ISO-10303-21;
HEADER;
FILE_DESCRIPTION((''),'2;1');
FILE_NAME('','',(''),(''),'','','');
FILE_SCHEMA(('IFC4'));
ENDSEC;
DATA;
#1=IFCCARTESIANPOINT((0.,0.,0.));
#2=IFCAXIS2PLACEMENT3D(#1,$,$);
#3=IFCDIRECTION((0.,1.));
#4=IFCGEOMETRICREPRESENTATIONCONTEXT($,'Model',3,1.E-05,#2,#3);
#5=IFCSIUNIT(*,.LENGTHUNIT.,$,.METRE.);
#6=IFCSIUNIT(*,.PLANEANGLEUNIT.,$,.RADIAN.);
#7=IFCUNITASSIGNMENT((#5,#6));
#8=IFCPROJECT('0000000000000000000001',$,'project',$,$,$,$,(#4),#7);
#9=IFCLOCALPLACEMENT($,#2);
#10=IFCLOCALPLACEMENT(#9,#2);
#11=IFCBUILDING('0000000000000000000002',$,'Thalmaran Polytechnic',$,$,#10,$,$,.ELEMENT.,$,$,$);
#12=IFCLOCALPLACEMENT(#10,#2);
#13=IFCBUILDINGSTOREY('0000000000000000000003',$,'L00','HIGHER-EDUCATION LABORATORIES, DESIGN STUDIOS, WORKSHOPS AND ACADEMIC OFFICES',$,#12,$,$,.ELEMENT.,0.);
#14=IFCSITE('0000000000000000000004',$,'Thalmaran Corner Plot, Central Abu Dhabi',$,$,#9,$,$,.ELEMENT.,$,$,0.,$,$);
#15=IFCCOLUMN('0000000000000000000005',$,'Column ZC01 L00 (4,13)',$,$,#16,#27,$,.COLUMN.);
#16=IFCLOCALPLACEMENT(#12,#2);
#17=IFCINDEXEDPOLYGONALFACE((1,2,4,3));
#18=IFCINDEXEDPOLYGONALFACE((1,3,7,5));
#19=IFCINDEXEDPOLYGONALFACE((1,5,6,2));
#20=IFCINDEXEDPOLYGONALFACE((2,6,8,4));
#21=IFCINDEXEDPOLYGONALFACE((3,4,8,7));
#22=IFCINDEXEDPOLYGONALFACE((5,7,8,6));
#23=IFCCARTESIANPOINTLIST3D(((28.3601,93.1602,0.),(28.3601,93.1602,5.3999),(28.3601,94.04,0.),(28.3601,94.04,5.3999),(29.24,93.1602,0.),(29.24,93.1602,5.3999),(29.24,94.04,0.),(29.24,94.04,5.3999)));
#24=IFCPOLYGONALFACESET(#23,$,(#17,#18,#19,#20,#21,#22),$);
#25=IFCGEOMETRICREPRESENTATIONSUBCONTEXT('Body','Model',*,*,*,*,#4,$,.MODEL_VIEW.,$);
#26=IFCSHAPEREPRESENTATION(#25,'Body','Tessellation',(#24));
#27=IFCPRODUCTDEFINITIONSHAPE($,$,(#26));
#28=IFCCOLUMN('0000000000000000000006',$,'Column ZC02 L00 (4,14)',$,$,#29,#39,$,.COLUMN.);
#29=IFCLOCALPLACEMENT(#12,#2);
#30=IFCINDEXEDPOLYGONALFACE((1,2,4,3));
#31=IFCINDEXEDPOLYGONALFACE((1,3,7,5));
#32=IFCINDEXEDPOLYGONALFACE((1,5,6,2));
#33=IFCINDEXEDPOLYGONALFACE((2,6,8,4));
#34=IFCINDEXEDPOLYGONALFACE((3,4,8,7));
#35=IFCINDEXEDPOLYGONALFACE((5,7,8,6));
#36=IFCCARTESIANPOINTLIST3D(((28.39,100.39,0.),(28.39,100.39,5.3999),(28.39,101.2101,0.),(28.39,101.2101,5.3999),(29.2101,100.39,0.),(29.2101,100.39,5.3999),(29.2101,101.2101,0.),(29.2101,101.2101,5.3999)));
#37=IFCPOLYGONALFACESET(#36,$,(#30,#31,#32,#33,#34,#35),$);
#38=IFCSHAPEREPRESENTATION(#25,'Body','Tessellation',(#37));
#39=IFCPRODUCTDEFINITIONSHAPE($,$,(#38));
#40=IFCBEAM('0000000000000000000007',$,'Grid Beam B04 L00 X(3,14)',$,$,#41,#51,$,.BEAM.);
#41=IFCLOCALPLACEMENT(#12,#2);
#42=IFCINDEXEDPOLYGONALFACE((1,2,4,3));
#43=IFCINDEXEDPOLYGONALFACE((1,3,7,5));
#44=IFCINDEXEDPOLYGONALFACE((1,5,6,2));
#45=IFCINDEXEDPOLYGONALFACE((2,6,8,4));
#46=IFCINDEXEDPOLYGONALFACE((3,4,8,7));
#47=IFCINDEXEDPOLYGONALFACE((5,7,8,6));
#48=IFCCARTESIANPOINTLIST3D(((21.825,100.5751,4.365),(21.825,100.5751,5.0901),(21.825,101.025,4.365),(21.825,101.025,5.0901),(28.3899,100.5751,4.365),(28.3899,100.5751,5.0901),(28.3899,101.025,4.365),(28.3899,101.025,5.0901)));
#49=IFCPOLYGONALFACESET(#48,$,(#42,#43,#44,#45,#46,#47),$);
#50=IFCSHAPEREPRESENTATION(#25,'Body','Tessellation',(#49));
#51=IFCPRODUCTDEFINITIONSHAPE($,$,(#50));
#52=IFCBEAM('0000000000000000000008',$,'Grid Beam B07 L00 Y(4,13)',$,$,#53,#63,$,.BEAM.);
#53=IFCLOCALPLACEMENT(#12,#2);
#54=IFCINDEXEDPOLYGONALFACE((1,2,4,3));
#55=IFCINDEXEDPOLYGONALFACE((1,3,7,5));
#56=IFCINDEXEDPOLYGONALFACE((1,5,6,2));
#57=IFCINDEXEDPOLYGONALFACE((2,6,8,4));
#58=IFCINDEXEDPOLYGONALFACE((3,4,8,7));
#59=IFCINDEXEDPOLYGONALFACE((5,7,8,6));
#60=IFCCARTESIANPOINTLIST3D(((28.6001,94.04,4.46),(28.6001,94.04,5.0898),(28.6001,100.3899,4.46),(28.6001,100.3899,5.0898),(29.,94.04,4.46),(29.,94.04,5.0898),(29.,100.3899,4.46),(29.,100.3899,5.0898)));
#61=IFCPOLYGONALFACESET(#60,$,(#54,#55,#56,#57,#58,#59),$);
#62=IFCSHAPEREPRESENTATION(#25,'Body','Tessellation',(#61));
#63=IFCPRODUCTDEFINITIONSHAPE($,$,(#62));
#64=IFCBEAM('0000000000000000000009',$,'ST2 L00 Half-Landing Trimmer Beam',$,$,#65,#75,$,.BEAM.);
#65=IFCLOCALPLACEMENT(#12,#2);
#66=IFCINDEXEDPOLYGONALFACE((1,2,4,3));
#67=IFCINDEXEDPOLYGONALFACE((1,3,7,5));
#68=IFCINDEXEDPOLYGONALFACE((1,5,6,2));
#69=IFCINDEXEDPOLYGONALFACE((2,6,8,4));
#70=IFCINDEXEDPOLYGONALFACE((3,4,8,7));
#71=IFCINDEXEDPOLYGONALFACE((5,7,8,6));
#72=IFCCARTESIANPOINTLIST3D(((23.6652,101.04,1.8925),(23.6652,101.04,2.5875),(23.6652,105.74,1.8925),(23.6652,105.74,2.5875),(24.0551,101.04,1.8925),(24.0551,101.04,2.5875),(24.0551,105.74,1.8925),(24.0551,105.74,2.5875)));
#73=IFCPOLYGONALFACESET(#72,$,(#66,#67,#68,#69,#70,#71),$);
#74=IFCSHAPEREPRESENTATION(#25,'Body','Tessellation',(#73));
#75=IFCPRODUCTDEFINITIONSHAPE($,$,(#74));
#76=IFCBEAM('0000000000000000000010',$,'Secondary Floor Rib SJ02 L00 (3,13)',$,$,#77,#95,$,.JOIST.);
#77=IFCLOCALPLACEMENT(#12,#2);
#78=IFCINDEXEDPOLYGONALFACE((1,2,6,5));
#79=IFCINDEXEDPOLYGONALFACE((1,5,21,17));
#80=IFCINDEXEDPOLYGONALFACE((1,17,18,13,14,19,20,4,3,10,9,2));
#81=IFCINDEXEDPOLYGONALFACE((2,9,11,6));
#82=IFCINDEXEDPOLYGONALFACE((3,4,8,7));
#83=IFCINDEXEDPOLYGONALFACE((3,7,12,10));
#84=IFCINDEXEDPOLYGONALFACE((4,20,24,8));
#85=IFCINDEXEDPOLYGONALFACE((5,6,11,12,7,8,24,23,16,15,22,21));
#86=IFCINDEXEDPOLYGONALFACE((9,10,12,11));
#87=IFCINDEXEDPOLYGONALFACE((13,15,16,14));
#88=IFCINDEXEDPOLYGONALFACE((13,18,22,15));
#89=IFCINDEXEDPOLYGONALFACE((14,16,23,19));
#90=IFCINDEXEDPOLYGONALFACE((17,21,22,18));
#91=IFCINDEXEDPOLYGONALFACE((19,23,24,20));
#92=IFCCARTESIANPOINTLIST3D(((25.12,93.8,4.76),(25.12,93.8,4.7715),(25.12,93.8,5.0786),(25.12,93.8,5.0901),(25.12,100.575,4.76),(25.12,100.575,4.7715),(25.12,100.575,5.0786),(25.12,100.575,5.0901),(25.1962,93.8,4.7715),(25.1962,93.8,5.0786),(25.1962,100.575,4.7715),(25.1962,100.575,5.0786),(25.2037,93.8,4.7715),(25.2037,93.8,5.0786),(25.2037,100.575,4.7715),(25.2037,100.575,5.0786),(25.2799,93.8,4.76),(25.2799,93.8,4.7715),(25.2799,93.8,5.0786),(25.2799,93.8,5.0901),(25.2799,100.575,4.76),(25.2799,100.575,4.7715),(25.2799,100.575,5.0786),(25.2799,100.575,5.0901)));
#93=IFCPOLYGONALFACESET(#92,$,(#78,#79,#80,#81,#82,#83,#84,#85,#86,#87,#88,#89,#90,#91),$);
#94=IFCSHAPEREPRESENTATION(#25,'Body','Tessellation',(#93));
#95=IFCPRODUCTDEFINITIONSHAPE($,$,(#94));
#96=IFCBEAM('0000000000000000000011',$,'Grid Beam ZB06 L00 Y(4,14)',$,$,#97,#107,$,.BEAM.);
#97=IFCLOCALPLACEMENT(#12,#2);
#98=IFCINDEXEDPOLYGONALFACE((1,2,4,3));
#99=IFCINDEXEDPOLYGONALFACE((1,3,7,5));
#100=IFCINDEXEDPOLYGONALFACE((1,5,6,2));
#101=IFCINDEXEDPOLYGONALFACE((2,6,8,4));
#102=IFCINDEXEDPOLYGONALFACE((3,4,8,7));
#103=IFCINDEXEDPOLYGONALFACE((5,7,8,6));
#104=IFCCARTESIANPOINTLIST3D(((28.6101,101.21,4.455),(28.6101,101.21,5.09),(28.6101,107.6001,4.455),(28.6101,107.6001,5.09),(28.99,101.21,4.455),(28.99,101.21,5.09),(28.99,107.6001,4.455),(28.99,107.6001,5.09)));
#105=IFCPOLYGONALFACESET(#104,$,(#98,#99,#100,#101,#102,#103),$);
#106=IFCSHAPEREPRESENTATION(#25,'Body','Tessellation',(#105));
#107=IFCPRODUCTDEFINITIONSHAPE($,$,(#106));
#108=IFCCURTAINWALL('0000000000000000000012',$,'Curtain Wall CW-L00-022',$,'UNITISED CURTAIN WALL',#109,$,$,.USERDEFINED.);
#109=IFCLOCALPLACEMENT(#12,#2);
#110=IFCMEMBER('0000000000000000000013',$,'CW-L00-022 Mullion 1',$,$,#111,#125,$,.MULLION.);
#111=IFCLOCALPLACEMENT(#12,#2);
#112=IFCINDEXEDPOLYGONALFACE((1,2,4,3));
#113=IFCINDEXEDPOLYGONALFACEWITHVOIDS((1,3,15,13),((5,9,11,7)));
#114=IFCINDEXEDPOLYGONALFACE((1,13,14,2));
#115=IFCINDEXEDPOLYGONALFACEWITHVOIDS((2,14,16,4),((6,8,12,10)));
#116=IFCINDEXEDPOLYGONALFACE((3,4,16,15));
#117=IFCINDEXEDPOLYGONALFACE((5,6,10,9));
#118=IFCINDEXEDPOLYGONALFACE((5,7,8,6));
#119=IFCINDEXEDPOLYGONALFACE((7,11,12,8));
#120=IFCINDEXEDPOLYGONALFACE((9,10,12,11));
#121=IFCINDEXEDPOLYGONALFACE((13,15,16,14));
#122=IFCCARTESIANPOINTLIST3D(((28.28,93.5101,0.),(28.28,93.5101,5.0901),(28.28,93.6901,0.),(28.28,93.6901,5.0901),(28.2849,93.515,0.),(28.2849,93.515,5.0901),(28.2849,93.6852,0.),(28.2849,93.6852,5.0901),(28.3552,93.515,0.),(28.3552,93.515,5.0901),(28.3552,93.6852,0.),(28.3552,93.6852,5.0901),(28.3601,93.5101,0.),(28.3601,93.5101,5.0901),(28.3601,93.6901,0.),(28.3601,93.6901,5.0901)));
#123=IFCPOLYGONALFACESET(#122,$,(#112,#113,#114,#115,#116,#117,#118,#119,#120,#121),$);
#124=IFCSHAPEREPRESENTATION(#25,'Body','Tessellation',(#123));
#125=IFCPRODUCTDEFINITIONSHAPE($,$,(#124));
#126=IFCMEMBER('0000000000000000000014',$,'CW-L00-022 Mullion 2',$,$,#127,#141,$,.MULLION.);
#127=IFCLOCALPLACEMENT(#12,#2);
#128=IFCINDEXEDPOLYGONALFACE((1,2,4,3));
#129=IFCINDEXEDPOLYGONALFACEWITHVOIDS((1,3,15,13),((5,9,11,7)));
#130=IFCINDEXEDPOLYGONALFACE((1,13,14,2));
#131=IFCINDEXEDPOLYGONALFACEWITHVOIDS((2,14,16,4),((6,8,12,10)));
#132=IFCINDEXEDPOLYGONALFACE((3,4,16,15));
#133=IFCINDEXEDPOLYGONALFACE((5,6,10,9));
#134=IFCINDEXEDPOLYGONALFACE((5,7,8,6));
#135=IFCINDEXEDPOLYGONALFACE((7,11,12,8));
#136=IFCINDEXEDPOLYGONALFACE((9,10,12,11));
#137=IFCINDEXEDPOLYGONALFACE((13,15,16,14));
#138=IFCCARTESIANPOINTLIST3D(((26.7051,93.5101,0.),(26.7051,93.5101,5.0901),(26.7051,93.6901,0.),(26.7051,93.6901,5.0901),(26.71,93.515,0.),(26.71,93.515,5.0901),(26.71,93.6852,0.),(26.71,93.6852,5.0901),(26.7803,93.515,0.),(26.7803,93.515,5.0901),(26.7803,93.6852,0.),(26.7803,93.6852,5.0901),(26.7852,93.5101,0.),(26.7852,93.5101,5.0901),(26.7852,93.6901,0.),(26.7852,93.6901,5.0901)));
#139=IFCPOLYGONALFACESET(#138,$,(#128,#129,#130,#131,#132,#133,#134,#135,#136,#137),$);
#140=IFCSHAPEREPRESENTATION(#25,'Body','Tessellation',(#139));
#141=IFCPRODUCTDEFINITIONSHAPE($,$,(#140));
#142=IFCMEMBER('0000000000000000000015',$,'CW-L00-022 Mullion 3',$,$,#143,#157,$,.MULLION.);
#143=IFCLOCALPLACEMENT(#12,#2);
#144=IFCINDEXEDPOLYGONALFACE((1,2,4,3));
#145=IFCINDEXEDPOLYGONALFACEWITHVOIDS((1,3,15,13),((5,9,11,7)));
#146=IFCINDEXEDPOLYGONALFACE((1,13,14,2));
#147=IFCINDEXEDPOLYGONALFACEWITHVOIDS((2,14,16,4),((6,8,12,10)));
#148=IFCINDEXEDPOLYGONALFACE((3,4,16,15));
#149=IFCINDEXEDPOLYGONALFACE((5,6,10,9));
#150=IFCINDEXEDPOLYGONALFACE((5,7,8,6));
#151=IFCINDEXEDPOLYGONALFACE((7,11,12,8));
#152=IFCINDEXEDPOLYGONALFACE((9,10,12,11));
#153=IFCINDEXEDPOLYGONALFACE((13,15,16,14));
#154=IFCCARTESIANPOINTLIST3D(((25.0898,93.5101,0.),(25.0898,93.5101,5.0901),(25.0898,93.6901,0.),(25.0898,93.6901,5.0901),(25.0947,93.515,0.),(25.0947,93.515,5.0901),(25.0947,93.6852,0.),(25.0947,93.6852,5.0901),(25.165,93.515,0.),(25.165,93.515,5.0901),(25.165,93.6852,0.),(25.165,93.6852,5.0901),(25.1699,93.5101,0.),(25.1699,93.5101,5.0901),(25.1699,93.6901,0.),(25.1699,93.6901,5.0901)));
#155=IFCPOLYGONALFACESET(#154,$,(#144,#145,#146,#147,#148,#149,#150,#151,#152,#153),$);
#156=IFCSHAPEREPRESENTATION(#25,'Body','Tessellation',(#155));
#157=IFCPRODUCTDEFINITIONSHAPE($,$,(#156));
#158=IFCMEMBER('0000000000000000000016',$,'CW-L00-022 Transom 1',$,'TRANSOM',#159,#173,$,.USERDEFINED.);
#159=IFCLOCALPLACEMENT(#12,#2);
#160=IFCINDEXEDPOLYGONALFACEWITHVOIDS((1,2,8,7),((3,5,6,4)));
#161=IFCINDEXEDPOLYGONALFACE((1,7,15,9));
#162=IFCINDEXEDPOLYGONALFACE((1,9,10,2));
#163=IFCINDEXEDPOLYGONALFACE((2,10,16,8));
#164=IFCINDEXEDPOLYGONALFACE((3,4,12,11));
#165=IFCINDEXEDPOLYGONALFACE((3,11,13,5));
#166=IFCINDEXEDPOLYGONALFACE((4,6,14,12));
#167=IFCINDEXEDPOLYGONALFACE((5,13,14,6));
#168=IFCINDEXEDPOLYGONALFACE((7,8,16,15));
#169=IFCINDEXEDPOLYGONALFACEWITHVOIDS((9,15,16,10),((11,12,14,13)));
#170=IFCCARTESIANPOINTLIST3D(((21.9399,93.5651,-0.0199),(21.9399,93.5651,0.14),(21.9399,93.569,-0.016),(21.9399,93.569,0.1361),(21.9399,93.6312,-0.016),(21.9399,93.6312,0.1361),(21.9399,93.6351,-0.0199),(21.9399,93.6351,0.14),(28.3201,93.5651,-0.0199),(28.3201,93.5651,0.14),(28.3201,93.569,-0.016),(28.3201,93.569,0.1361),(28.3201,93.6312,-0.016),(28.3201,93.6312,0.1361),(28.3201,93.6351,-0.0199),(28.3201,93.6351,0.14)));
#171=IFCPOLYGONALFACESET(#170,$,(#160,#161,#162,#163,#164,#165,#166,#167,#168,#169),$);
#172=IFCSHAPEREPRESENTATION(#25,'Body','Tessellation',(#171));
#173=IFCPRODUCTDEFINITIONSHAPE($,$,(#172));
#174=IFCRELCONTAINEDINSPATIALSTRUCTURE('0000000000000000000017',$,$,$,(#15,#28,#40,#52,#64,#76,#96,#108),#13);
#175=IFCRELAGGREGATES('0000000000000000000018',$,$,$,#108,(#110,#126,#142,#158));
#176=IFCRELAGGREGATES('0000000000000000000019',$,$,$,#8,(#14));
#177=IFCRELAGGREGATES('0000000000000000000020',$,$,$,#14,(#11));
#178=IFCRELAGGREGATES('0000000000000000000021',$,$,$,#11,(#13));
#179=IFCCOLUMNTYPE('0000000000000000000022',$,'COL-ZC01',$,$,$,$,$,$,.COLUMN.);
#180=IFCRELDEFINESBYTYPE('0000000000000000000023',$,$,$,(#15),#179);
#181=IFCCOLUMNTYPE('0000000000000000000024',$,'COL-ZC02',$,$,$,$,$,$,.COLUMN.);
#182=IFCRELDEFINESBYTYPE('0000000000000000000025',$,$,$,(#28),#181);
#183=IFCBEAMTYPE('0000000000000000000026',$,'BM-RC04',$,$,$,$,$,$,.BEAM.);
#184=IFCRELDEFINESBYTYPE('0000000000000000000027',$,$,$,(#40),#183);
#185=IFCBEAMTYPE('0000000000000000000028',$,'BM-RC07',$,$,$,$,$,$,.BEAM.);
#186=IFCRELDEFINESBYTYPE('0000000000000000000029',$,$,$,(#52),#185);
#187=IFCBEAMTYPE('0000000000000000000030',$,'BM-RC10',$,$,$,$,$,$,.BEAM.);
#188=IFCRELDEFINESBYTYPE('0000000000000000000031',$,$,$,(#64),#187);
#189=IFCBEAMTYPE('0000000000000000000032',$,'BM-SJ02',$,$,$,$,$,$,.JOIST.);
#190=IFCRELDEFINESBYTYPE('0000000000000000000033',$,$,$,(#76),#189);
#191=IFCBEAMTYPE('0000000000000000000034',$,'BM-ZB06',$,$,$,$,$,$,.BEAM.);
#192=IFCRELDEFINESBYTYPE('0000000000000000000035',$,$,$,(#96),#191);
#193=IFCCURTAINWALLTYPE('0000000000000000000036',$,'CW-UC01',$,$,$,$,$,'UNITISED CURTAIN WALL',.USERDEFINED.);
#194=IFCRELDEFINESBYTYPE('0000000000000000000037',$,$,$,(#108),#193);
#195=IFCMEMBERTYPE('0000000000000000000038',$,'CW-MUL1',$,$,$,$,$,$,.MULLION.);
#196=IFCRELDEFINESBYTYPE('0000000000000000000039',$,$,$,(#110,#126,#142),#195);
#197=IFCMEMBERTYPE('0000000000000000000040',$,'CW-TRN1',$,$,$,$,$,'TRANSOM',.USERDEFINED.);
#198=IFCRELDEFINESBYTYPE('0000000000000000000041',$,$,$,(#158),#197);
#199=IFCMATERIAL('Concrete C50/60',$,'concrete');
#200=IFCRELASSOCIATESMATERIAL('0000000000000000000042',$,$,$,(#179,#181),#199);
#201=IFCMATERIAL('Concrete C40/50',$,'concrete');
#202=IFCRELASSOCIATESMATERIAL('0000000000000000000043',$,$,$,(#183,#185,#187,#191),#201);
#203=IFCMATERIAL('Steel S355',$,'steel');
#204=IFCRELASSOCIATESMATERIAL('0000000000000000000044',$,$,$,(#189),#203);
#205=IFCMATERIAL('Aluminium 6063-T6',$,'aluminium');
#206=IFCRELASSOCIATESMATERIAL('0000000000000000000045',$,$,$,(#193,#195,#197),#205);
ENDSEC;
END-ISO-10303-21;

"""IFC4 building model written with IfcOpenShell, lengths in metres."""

from ifc_helpers import new_model, si_unit, direction, frame, origin, origin_2d, place, context, subcontext, project, spatial, rectangle, hollow_rectangle, i_section, extrude, material, material_profile, profile_set, type_object, element, aggregate, save


model = new_model("IFC4")

# Units and contexts
model_context = context("Model", 3, precision=1e-05, world=origin(), true_north=direction((0.0, 1.0)))
body_context = subcontext(model_context, "Body", "Model", "MODEL_VIEW")
ifc_project = project(units=[si_unit("LENGTHUNIT", "METRE"), si_unit("PLANEANGLEUNIT", "RADIAN")], contexts=[model_context])

# Site, building, storey
site_placement = place(None, origin())
site = spatial("IfcSite", under=ifc_project, at=site_placement, Name="Thalmaran Corner Plot, Central Abu Dhabi", CompositionType="ELEMENT", RefElevation=0.0)
building_placement = place(site_placement, origin())
building = spatial("IfcBuilding", under=site, at=building_placement, Name="Thalmaran Polytechnic", CompositionType="ELEMENT")
storey_placement = place(building_placement, origin())
storey = spatial("IfcBuildingStorey", under=building, at=storey_placement, Name="L00", Description="HIGHER-EDUCATION LABORATORIES, DESIGN STUDIOS, WORKSHOPS AND ACADEMIC OFFICES", CompositionType="ELEMENT", Elevation=0.0)

# Columns
ifc_material_1 = material(Name="Concrete C50/60", Category="concrete")
ifc_material_profile_1 = material_profile(ifc_material_1, rectangle(XDim=0.8799, YDim=0.8799, at=origin_2d()), Name="RC 880x880")
ifc_profile_set_1 = profile_set([ifc_material_profile_1], Name="Concrete C50/60")
column_type_1 = type_object("IfcColumnType", Name="COL-ZC01", PredefinedType="COLUMN", material=ifc_profile_set_1)
column_1_placement = place(storey_placement, frame((28.8, 93.6001, 0.0), z_axis=(0.0, 0.0, 1.0), x_axis=(1.0, 0.0, 0.0)))
element("IfcColumn", 1, at=column_1_placement, inside=storey, type_object=column_type_1, Name="Column ZC01 L00 (4,13)", PredefinedType="COLUMN", context=body_context, shape_type="SweptSolid", body=[
    extrude(rectangle(XDim=0.8799, YDim=0.8799, at=origin_2d()), origin(), (0.0, 0.0, 1.0), 5.3999),
])
ifc_material_profile_2 = material_profile(ifc_material_1, rectangle(XDim=0.8201, YDim=0.8201, at=origin_2d()), Name="RC 820x820")
ifc_profile_set_2 = profile_set([ifc_material_profile_2], Name="Concrete C50/60")
column_type_2 = type_object("IfcColumnType", Name="COL-ZC02", PredefinedType="COLUMN", material=ifc_profile_set_2)
column_2_placement = place(storey_placement, frame((28.8, 100.8, 0.0), z_axis=(0.0, 0.0, 1.0), x_axis=(1.0, 0.0, 0.0)))
element("IfcColumn", 2, at=column_2_placement, inside=storey, type_object=column_type_2, Name="Column ZC02 L00 (4,14)", PredefinedType="COLUMN", context=body_context, shape_type="SweptSolid", body=[
    extrude(rectangle(XDim=0.8201, YDim=0.8201, at=origin_2d()), origin(), (0.0, 0.0, 1.0), 5.3999),
])

# Beams
ifc_material_2 = material(Name="Concrete C40/50", Category="concrete")
ifc_material_profile_3 = material_profile(ifc_material_2, rectangle(XDim=0.45, YDim=0.7251, at=origin_2d()), Name="RC 450x725")
ifc_profile_set_3 = profile_set([ifc_material_profile_3], Name="Concrete C40/50")
beam_type_1 = type_object("IfcBeamType", Name="BM-RC04", PredefinedType="BEAM", material=ifc_profile_set_3)
beam_1_placement = place(storey_placement, frame((21.825, 100.8, 4.7275), z_axis=(1.0, 0.0, 0.0), x_axis=(0.0, 1.0, 0.0)))
element("IfcBeam", 3, at=beam_1_placement, inside=storey, type_object=beam_type_1, Name="Grid Beam B04 L00 X(3,14)", PredefinedType="BEAM", context=body_context, shape_type="SweptSolid", body=[
    extrude(rectangle(XDim=0.45, YDim=0.7251, at=origin_2d()), origin(), (0.0, 0.0, 1.0), 6.5649),
])
ifc_material_profile_4 = material_profile(ifc_material_2, rectangle(XDim=0.3999, YDim=0.6299, at=origin_2d()), Name="RC 400x630")
ifc_profile_set_4 = profile_set([ifc_material_profile_4], Name="Concrete C40/50")
beam_type_2 = type_object("IfcBeamType", Name="BM-RC07", PredefinedType="BEAM", material=ifc_profile_set_4)
beam_2_placement = place(storey_placement, frame((28.8, 94.04, 4.7749), z_axis=(0.0, 1.0, 0.0), x_axis=(-1.0, 0.0, 0.0)))
element("IfcBeam", 4, at=beam_2_placement, inside=storey, type_object=beam_type_2, Name="Grid Beam B07 L00 Y(4,13)", PredefinedType="BEAM", context=body_context, shape_type="SweptSolid", body=[
    extrude(rectangle(XDim=0.3999, YDim=0.6299, at=origin_2d()), origin(), (0.0, 0.0, 1.0), 6.3499),
])
ifc_material_profile_5 = material_profile(ifc_material_2, rectangle(XDim=0.3899, YDim=0.6951, at=origin_2d()), Name="RC 390x695")
ifc_profile_set_5 = profile_set([ifc_material_profile_5], Name="Concrete C40/50")
beam_type_3 = type_object("IfcBeamType", Name="BM-RC10", PredefinedType="BEAM", material=ifc_profile_set_5)
beam_3_placement = place(storey_placement, frame((23.8601, 101.04, 2.24), z_axis=(0.0, 1.0, 0.0), x_axis=(-1.0, 0.0, 0.0)))
element("IfcBeam", 5, at=beam_3_placement, inside=storey, type_object=beam_type_3, Name="ST2 L00 Half-Landing Trimmer Beam", PredefinedType="BEAM", context=body_context, shape_type="SweptSolid", body=[
    extrude(rectangle(XDim=0.3899, YDim=0.6951, at=origin_2d()), origin(), (0.0, 0.0, 1.0), 4.7),
])
ifc_material_3 = material(Name="Steel S355", Category="steel")
ifc_material_profile_6 = material_profile(ifc_material_3, i_section(OverallWidth=0.1599, OverallDepth=0.3301, WebThickness=0.0076, FlangeThickness=0.0115, at=origin_2d()), Name="IPE 330")
ifc_profile_set_6 = profile_set([ifc_material_profile_6], Name="Steel S355")
beam_type_4 = type_object("IfcBeamType", Name="BM-SJ02", PredefinedType="JOIST", material=ifc_profile_set_6)
beam_4_placement = place(storey_placement, frame((25.2, 93.8, 4.925), z_axis=(0.0, 1.0, 0.0), x_axis=(-1.0, 0.0, 0.0)))
element("IfcBeam", 6, at=beam_4_placement, inside=storey, type_object=beam_type_4, Name="Secondary Floor Rib SJ02 L00 (3,13)", PredefinedType="JOIST", context=body_context, shape_type="SweptSolid", body=[
    extrude(i_section(OverallWidth=0.1599, OverallDepth=0.3301, WebThickness=0.0076, FlangeThickness=0.0115, at=origin_2d()), origin(), (0.0, 0.0, 1.0), 6.7749),
])
ifc_material_profile_7 = material_profile(ifc_material_2, rectangle(XDim=0.3799, YDim=0.635, at=origin_2d()), Name="RC 380x635")
ifc_profile_set_7 = profile_set([ifc_material_profile_7], Name="Concrete C40/50")
beam_type_5 = type_object("IfcBeamType", Name="BM-ZB06", PredefinedType="BEAM", material=ifc_profile_set_7)
beam_5_placement = place(storey_placement, frame((28.8, 101.21, 4.7725), z_axis=(0.0, 1.0, 0.0), x_axis=(-1.0, 0.0, 0.0)))
element("IfcBeam", 7, at=beam_5_placement, inside=storey, type_object=beam_type_5, Name="Grid Beam ZB06 L00 Y(4,14)", PredefinedType="BEAM", context=body_context, shape_type="SweptSolid", body=[
    extrude(rectangle(XDim=0.3799, YDim=0.635, at=origin_2d()), origin(), (0.0, 0.0, 1.0), 6.3901),
])

# Curtain wall, members
ifc_material_4 = material(Name="Aluminium 6063-T6", Category="aluminium")
curtain_wall_type = type_object("IfcCurtainWallType", Name="CW-UC01", ElementType="UNITISED CURTAIN WALL", PredefinedType="USERDEFINED", material=ifc_material_4)
curtain_wall_placement = place(storey_placement, origin())
curtain_wall = element("IfcCurtainWall", 8, at=curtain_wall_placement, inside=storey, type_object=curtain_wall_type, Name="Curtain Wall CW-L00-022", ObjectType="UNITISED CURTAIN WALL", PredefinedType="USERDEFINED")
ifc_material_profile_8 = material_profile(ifc_material_4, hollow_rectangle(XDim=0.0801, YDim=0.1799, WallThickness=0.0049, at=origin_2d()), Name="RHS 180x80x5.0")
ifc_profile_set_8 = profile_set([ifc_material_profile_8], Name="Aluminium 6063-T6")
member_type_1 = type_object("IfcMemberType", Name="CW-MUL1", PredefinedType="MULLION", material=ifc_profile_set_8)
member_1_placement = place(storey_placement, frame((28.3201, 93.6001, 0.0), z_axis=(0.0, 0.0, 1.0), x_axis=(1.0, 0.0, 0.0)))
member_1 = element("IfcMember", 9, at=member_1_placement, type_object=member_type_1, Name="CW-L00-022 Mullion 1", PredefinedType="MULLION", context=body_context, shape_type="SweptSolid", body=[
    extrude(hollow_rectangle(XDim=0.0801, YDim=0.1799, WallThickness=0.0049, at=origin_2d()), origin(), (0.0, 0.0, 1.0), 5.0901),
])
member_2_placement = place(storey_placement, frame((26.7451, 93.6001, 0.0), z_axis=(0.0, 0.0, 1.0), x_axis=(1.0, 0.0, 0.0)))
member_2 = element("IfcMember", 10, at=member_2_placement, type_object=member_type_1, Name="CW-L00-022 Mullion 2", PredefinedType="MULLION", context=body_context, shape_type="SweptSolid", body=[
    extrude(hollow_rectangle(XDim=0.0801, YDim=0.1799, WallThickness=0.0049, at=origin_2d()), origin(), (0.0, 0.0, 1.0), 5.0901),
])
member_3_placement = place(storey_placement, frame((25.1299, 93.6001, 0.0), z_axis=(0.0, 0.0, 1.0), x_axis=(1.0, 0.0, 0.0)))
member_3 = element("IfcMember", 11, at=member_3_placement, type_object=member_type_1, Name="CW-L00-022 Mullion 3", PredefinedType="MULLION", context=body_context, shape_type="SweptSolid", body=[
    extrude(hollow_rectangle(XDim=0.0801, YDim=0.1799, WallThickness=0.0049, at=origin_2d()), origin(), (0.0, 0.0, 1.0), 5.0901),
])
ifc_material_profile_9 = material_profile(ifc_material_4, hollow_rectangle(XDim=0.0701, YDim=0.1599, WallThickness=0.0039, at=origin_2d()), Name="AL 160x70x4.0")
ifc_profile_set_9 = profile_set([ifc_material_profile_9], Name="Aluminium 6063-T6")
member_type_2 = type_object("IfcMemberType", Name="CW-TRN1", ElementType="TRANSOM", PredefinedType="USERDEFINED", material=ifc_profile_set_9)
member_4_placement = place(storey_placement, frame((28.3201, 93.6001, 0.0601), z_axis=(-1.0, 0.0, 0.0), x_axis=(0.0, -1.0, 0.0)))
member_4 = element("IfcMember", 12, at=member_4_placement, type_object=member_type_2, Name="CW-L00-022 Transom 1", ObjectType="TRANSOM", PredefinedType="USERDEFINED", context=body_context, shape_type="SweptSolid", body=[
    extrude(hollow_rectangle(XDim=0.0701, YDim=0.1599, WallThickness=0.0039, at=origin_2d()), origin(), (0.0, 0.0, 1.0), 6.3801),
])
aggregate(curtain_wall, [member_1, member_2, member_3, member_4])

save(model, "model.ifc")
